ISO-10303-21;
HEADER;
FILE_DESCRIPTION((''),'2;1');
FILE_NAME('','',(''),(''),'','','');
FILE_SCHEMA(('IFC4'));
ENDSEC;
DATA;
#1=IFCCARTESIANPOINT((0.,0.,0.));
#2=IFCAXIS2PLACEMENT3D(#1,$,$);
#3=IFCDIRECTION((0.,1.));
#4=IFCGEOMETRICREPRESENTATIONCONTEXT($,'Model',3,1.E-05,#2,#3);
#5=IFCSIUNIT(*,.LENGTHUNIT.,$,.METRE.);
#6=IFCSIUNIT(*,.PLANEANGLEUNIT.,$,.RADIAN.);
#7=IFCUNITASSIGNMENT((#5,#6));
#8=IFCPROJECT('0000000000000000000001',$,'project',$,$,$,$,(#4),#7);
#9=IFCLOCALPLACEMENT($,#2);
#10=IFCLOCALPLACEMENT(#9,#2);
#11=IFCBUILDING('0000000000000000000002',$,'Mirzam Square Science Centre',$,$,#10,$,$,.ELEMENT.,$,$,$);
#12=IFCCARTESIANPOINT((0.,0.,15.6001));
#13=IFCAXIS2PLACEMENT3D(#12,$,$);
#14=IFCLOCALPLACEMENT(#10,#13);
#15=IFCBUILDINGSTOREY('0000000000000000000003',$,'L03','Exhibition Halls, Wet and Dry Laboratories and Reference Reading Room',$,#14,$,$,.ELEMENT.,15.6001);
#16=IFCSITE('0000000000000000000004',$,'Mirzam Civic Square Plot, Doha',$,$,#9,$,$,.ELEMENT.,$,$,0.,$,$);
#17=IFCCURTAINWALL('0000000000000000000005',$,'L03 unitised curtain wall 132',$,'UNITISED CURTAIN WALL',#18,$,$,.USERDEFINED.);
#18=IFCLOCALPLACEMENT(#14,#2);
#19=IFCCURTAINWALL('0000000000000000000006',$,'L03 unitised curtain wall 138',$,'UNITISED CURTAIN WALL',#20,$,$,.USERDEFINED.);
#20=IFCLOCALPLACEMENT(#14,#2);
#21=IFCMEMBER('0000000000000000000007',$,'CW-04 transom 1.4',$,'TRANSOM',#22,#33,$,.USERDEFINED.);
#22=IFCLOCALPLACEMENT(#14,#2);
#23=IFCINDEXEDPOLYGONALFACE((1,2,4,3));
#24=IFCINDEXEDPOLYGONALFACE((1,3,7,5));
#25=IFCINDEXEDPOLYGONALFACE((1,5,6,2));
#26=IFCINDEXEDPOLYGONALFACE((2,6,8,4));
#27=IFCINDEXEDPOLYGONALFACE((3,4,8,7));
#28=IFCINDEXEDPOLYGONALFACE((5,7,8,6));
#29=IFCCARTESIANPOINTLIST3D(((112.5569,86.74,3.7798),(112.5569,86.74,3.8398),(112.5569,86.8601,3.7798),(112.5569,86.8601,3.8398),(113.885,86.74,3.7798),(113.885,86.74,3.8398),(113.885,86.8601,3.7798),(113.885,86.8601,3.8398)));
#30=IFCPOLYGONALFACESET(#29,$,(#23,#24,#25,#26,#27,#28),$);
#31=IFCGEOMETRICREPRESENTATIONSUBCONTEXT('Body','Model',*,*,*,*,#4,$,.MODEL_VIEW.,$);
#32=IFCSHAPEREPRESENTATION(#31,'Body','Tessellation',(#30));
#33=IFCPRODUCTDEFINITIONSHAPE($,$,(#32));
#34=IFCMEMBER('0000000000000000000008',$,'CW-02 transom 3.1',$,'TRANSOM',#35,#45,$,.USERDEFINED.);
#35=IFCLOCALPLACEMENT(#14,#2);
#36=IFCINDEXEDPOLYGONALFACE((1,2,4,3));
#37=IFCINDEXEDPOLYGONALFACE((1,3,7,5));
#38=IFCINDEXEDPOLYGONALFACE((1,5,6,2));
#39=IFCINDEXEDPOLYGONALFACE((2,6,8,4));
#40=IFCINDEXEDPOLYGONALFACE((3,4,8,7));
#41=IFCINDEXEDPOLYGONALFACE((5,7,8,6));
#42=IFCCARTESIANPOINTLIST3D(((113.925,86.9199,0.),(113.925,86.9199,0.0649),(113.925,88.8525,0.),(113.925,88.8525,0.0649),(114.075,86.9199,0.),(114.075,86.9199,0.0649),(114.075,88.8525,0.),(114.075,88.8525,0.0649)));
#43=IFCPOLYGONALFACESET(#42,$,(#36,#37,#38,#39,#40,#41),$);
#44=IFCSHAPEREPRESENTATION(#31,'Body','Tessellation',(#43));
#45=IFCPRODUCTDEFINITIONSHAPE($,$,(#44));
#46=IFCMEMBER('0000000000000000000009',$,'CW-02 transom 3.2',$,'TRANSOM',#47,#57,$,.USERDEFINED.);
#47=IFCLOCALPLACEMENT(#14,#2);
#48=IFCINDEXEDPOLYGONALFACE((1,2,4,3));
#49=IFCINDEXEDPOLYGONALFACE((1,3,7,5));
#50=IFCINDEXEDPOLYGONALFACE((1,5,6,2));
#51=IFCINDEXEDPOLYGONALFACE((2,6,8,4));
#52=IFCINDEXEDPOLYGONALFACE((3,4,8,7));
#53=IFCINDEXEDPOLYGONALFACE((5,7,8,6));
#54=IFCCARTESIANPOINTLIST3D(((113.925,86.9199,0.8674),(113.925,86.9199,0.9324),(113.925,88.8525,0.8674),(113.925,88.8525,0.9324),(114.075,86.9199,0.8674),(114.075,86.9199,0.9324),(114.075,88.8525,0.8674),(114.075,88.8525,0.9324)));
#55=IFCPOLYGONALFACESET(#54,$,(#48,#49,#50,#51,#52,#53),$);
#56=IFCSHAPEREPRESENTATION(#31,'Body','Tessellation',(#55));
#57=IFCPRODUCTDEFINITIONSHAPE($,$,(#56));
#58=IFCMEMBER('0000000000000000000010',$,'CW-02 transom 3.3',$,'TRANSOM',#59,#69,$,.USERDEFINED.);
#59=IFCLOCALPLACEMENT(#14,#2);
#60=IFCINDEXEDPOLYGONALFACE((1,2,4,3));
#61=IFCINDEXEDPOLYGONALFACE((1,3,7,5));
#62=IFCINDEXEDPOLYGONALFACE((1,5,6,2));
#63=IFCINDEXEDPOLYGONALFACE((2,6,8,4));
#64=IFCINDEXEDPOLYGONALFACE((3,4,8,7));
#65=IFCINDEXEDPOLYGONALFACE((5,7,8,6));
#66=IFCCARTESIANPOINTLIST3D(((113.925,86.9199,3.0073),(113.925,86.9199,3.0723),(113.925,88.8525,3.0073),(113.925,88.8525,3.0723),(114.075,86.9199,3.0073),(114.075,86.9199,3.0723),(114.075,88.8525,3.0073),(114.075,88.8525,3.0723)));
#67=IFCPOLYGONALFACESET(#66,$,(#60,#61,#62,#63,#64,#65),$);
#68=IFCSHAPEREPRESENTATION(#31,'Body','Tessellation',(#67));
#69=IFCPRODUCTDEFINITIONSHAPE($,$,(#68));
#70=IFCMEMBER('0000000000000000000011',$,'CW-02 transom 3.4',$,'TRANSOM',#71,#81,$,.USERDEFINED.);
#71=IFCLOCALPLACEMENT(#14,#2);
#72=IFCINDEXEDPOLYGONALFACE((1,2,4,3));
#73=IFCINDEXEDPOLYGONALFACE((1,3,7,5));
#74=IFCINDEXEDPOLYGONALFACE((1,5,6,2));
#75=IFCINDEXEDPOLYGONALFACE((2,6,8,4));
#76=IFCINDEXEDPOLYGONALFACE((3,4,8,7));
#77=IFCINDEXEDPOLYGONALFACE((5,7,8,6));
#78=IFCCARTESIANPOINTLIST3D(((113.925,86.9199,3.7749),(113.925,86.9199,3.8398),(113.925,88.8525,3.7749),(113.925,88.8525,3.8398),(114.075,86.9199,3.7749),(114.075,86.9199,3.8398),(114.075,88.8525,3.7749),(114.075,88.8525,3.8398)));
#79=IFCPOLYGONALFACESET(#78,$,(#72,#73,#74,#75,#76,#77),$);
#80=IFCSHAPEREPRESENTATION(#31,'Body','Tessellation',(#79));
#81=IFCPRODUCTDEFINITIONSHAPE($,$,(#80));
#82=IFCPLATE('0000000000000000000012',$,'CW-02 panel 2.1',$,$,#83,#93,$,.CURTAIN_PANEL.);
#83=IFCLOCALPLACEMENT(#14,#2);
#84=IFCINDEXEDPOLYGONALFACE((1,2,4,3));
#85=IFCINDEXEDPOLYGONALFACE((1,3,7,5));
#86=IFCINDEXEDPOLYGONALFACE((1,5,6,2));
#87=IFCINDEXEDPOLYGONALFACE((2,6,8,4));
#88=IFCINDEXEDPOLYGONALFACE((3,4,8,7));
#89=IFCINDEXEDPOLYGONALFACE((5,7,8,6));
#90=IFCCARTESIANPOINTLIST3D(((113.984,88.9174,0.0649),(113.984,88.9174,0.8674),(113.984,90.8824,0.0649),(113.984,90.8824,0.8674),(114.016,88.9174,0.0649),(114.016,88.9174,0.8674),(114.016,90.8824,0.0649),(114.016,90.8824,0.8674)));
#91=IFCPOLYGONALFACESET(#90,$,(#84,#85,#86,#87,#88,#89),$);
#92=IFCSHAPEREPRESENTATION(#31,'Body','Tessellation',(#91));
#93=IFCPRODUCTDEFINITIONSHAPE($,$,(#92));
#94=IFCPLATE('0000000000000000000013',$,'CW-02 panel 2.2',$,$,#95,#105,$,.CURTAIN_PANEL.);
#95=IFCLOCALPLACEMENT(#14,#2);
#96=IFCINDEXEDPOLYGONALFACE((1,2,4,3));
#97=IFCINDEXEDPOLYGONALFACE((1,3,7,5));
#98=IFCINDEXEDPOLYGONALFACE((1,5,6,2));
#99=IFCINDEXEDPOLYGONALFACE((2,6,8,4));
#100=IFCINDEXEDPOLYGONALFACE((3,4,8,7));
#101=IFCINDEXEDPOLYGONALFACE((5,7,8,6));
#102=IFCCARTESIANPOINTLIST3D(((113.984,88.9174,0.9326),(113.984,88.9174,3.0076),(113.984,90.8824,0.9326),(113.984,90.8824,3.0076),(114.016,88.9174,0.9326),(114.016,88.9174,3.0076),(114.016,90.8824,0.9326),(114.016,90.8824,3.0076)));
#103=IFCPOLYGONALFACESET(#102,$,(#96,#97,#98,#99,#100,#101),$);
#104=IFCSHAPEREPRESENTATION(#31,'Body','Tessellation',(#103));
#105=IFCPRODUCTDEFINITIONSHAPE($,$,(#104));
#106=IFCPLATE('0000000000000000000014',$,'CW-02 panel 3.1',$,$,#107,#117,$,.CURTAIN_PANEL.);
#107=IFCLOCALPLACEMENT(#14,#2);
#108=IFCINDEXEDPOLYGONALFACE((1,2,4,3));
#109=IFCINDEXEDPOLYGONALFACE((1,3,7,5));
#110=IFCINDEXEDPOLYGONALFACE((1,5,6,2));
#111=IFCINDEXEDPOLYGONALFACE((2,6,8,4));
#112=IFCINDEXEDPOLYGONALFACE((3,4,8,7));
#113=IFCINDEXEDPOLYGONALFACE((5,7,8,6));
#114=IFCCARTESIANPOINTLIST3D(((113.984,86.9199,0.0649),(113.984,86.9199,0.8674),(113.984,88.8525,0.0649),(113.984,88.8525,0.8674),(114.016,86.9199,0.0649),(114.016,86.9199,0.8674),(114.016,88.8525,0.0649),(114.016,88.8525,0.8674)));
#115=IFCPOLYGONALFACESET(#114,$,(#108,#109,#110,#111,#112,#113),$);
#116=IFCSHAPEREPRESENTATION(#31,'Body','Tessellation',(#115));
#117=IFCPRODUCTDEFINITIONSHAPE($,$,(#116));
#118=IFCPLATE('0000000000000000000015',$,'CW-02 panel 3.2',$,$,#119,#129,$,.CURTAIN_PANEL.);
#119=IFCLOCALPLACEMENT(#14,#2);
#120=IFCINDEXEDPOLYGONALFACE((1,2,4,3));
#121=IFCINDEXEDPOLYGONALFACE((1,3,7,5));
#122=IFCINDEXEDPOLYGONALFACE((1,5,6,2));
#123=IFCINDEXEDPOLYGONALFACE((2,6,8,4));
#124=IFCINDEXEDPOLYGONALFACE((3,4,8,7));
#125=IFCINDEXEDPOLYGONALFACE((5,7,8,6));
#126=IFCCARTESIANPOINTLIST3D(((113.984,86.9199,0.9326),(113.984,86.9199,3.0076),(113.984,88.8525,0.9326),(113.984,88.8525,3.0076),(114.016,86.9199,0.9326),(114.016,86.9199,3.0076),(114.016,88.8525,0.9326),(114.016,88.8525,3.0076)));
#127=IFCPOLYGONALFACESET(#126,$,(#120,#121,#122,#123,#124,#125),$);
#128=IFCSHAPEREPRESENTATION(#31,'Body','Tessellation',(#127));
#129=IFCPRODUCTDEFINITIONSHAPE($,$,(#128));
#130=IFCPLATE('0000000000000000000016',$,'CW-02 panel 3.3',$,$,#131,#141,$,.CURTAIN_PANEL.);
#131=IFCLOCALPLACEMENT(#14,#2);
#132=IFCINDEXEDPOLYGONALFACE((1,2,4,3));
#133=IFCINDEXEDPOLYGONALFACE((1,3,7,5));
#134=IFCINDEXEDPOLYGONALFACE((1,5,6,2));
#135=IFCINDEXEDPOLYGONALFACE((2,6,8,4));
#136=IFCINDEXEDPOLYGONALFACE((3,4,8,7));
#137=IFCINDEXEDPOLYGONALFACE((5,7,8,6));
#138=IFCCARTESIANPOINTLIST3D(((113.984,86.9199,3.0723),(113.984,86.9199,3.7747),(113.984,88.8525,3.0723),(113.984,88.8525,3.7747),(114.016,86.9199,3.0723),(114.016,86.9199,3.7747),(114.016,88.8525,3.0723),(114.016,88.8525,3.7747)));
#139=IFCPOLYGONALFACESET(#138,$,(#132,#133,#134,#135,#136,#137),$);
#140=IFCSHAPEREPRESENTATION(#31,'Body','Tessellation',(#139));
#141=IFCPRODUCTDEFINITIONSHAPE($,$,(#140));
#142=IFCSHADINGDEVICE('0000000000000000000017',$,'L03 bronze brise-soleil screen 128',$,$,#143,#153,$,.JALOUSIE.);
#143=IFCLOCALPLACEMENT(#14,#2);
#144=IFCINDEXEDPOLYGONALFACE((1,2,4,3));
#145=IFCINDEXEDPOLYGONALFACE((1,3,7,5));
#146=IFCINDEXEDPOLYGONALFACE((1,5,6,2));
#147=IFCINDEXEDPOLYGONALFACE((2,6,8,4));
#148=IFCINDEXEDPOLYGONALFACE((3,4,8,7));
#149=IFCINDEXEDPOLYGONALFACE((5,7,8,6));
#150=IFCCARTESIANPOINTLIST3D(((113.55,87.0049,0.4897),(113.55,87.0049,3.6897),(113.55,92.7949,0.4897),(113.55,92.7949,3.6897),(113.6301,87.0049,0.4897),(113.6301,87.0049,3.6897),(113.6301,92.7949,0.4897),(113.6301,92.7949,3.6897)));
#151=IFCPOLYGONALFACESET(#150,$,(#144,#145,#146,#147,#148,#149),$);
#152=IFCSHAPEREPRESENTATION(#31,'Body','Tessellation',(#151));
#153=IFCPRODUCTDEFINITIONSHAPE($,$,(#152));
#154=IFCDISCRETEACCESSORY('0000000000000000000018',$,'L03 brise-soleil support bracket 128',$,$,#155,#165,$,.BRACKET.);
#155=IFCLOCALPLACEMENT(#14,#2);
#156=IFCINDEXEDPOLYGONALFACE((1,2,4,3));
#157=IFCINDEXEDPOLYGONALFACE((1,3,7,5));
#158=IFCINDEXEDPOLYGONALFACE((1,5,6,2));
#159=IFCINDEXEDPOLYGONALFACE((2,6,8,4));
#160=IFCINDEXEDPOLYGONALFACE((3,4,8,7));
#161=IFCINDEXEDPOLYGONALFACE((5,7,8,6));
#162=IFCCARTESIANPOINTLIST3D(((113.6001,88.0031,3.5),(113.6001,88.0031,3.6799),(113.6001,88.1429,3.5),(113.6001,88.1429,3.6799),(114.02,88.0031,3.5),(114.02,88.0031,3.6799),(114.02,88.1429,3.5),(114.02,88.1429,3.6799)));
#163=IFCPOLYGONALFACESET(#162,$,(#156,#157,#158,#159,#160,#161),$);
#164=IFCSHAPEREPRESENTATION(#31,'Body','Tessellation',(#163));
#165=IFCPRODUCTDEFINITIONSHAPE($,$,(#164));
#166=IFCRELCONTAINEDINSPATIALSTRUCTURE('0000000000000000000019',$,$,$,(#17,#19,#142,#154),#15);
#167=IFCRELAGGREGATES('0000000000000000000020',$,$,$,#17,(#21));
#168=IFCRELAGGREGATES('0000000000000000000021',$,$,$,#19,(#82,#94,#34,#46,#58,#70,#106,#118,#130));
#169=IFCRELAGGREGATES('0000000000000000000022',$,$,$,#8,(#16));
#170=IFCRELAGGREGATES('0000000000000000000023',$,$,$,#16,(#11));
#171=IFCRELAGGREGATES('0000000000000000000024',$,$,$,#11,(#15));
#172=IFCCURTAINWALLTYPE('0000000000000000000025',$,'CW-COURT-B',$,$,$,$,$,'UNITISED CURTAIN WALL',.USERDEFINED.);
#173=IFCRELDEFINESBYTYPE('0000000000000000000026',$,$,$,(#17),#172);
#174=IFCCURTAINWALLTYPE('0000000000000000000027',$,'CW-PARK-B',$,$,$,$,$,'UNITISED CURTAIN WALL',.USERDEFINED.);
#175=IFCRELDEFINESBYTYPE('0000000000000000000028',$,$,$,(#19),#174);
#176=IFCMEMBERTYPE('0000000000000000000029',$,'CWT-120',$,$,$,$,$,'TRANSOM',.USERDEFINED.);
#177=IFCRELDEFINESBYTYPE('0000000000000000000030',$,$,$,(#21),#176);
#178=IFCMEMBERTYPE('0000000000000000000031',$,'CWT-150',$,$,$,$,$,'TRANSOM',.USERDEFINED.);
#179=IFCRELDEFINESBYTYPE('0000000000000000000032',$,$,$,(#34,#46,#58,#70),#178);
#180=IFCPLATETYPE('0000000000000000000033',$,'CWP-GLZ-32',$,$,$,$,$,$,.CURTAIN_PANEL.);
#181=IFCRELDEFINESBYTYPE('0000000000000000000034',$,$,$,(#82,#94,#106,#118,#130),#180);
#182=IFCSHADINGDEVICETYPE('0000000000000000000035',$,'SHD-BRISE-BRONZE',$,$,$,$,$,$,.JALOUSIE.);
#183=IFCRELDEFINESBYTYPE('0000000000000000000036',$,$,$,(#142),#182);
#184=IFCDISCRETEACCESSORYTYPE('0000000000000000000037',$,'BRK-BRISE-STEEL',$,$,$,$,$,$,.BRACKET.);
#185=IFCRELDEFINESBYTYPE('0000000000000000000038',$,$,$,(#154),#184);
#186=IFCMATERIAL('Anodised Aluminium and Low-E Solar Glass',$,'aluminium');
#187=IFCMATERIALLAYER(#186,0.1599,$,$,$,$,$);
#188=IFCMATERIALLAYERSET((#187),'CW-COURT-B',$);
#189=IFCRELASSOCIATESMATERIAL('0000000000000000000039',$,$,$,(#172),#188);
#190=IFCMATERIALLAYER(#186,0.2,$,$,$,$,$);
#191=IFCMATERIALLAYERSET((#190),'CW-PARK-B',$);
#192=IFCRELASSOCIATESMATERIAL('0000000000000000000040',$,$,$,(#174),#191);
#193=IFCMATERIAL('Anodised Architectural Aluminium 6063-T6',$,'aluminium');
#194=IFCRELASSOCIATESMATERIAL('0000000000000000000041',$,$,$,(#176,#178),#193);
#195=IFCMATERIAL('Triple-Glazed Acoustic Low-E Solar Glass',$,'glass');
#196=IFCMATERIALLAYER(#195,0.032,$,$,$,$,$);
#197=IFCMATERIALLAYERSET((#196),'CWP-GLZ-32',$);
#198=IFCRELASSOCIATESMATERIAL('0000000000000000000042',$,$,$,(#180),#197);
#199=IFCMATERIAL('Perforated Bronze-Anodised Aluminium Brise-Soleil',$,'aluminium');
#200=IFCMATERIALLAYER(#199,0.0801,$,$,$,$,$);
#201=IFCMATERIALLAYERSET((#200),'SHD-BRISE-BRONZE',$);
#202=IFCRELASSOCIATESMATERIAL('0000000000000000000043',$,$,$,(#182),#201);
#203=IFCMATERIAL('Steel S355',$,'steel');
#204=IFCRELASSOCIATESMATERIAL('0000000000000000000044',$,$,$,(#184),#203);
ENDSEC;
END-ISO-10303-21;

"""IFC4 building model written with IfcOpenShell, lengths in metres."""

from ifc_helpers import new_model, si_unit, direction, frame, origin, origin_2d, place, context, subcontext, project, spatial, rectangle, extrude, material, layer, layer_set, material_profile, profile_set, type_object, element, aggregate, save


model = new_model("IFC4")

# Units and contexts
model_context = context("Model", 3, precision=1e-05, world=origin(), true_north=direction((0.0, 1.0)))
body_context = subcontext(model_context, "Body", "Model", "MODEL_VIEW")
ifc_project = project(units=[si_unit("LENGTHUNIT", "METRE"), si_unit("PLANEANGLEUNIT", "RADIAN")], contexts=[model_context])

# Site, building, storey
site_placement = place(None, origin())
site = spatial("IfcSite", under=ifc_project, at=site_placement, Name="Mirzam Civic Square Plot, Doha", CompositionType="ELEMENT", RefElevation=0.0)
building_placement = place(site_placement, origin())
building = spatial("IfcBuilding", under=site, at=building_placement, Name="Mirzam Square Science Centre", CompositionType="ELEMENT")
storey_placement = place(building_placement, frame((0.0, 0.0, 15.6001)))
storey = spatial("IfcBuildingStorey", under=building, at=storey_placement, Name="L03", Description="Exhibition Halls, Wet and Dry Laboratories and Reference Reading Room", CompositionType="ELEMENT", Elevation=15.6001)

# Shared definitions
ifc_material_1 = material(Name="Steel S355", Category="steel")

# Curtain wall
ifc_material_2 = material(Name="Anodised Aluminium and Low-E Solar Glass", Category="aluminium")
ifc_layer_1 = layer(ifc_material_2, 0.1599)
ifc_layer_set_1 = layer_set([ifc_layer_1], Name="CW-COURT-B")
curtain_wall_type_1 = type_object("IfcCurtainWallType", Name="CW-COURT-B", ElementType="UNITISED CURTAIN WALL", PredefinedType="USERDEFINED", material=ifc_layer_set_1)
curtain_wall_1_placement = place(storey_placement, origin())
curtain_wall_1 = element("IfcCurtainWall", 1, at=curtain_wall_1_placement, inside=storey, type_object=curtain_wall_type_1, Name="L03 unitised curtain wall 132", ObjectType="UNITISED CURTAIN WALL", PredefinedType="USERDEFINED")
ifc_material_3 = material(Name="Anodised Architectural Aluminium 6063-T6", Category="aluminium")

# Curtain wall
ifc_layer_2 = layer(ifc_material_2, 0.2)
ifc_layer_set_2 = layer_set([ifc_layer_2], Name="CW-PARK-B")
curtain_wall_type_2 = type_object("IfcCurtainWallType", Name="CW-PARK-B", ElementType="UNITISED CURTAIN WALL", PredefinedType="USERDEFINED", material=ifc_layer_set_2)
curtain_wall_2_placement = place(storey_placement, origin())
curtain_wall_2 = element("IfcCurtainWall", 2, at=curtain_wall_2_placement, inside=storey, type_object=curtain_wall_type_2, Name="L03 unitised curtain wall 138", ObjectType="UNITISED CURTAIN WALL", PredefinedType="USERDEFINED")

# Members
ifc_material_profile_1 = material_profile(ifc_material_3, rectangle(XDim=0.1201, YDim=0.0601, at=origin_2d()), Name="ALU-TRAN-120x60x4")
ifc_profile_set_1 = profile_set([ifc_material_profile_1], Name="Anodised Architectural Aluminium 6063-T6")
member_type_1 = type_object("IfcMemberType", Name="CWT-120", ElementType="TRANSOM", PredefinedType="USERDEFINED", material=ifc_profile_set_1)
member_1_placement = place(storey_placement, frame((113.885, 86.8, 3.8098), z_axis=(-1.0, 0.0, 0.0), x_axis=(0.0, -1.0, 0.0)))
member_1 = element("IfcMember", 3, at=member_1_placement, type_object=member_type_1, Name="CW-04 transom 1.4", ObjectType="TRANSOM", PredefinedType="USERDEFINED", context=body_context, shape_type="SweptSolid", body=[
    extrude(rectangle(XDim=0.1201, YDim=0.0601, at=origin_2d()), origin(), (0.0, 0.0, 1.0), 1.3281),
])
aggregate(curtain_wall_1, [member_1])
ifc_material_profile_2 = material_profile(ifc_material_3, rectangle(XDim=0.1499, YDim=0.0649, at=origin_2d()), Name="ALU-TRAN-150x65x4")
ifc_profile_set_2 = profile_set([ifc_material_profile_2], Name="Anodised Architectural Aluminium 6063-T6")
member_type_2 = type_object("IfcMemberType", Name="CWT-150", ElementType="TRANSOM", PredefinedType="USERDEFINED", material=ifc_profile_set_2)
member_2_placement = place(storey_placement, frame((114.0, 88.8525, 0.0325), z_axis=(0.0, -1.0, 0.0), x_axis=(1.0, 0.0, 0.0)))
member_2 = element("IfcMember", 4, at=member_2_placement, type_object=member_type_2, Name="CW-02 transom 3.1", ObjectType="TRANSOM", PredefinedType="USERDEFINED", context=body_context, shape_type="SweptSolid", body=[
    extrude(rectangle(XDim=0.1499, YDim=0.0649, at=origin_2d()), origin(), (0.0, 0.0, 1.0), 1.9326),
])
member_3_placement = place(storey_placement, frame((114.0, 88.8525, 0.8999), z_axis=(0.0, -1.0, 0.0), x_axis=(1.0, 0.0, 0.0)))
member_3 = element("IfcMember", 5, at=member_3_placement, type_object=member_type_2, Name="CW-02 transom 3.2", ObjectType="TRANSOM", PredefinedType="USERDEFINED", context=body_context, shape_type="SweptSolid", body=[
    extrude(rectangle(XDim=0.1499, YDim=0.0649, at=origin_2d()), origin(), (0.0, 0.0, 1.0), 1.9326),
])
member_4_placement = place(storey_placement, frame((114.0, 88.8525, 3.0398), z_axis=(0.0, -1.0, 0.0), x_axis=(1.0, 0.0, 0.0)))
member_4 = element("IfcMember", 6, at=member_4_placement, type_object=member_type_2, Name="CW-02 transom 3.3", ObjectType="TRANSOM", PredefinedType="USERDEFINED", context=body_context, shape_type="SweptSolid", body=[
    extrude(rectangle(XDim=0.1499, YDim=0.0649, at=origin_2d()), origin(), (0.0, 0.0, 1.0), 1.9326),
])
member_5_placement = place(storey_placement, frame((114.0, 88.8525, 3.8074), z_axis=(0.0, -1.0, 0.0), x_axis=(1.0, 0.0, 0.0)))
member_5 = element("IfcMember", 7, at=member_5_placement, type_object=member_type_2, Name="CW-02 transom 3.4", ObjectType="TRANSOM", PredefinedType="USERDEFINED", context=body_context, shape_type="SweptSolid", body=[
    extrude(rectangle(XDim=0.1499, YDim=0.0649, at=origin_2d()), origin(), (0.0, 0.0, 1.0), 1.9326),
])

# Plates
ifc_material_4 = material(Name="Triple-Glazed Acoustic Low-E Solar Glass", Category="glass")
ifc_layer_3 = layer(ifc_material_4, 0.032)
ifc_layer_set_3 = layer_set([ifc_layer_3], Name="CWP-GLZ-32")
plate_type = type_object("IfcPlateType", Name="CWP-GLZ-32", PredefinedType="CURTAIN_PANEL", material=ifc_layer_set_3)
plate_1_placement = place(storey_placement, frame((114.0, 89.8999, 0.0649), z_axis=(0.0, 0.0, 1.0), x_axis=(0.0, -1.0, 0.0)))
plate_1 = element("IfcPlate", 8, at=plate_1_placement, type_object=plate_type, Name="CW-02 panel 2.1", PredefinedType="CURTAIN_PANEL", context=body_context, shape_type="SweptSolid", body=[
    extrude(rectangle(XDim=1.9651, YDim=0.032, at=origin_2d()), origin(), (0.0, 0.0, 1.0), 0.8025),
])
plate_2_placement = place(storey_placement, frame((114.0, 89.8999, 0.9326), z_axis=(0.0, 0.0, 1.0), x_axis=(0.0, -1.0, 0.0)))
plate_2 = element("IfcPlate", 9, at=plate_2_placement, type_object=plate_type, Name="CW-02 panel 2.2", PredefinedType="CURTAIN_PANEL", context=body_context, shape_type="SweptSolid", body=[
    extrude(rectangle(XDim=1.9651, YDim=0.032, at=origin_2d()), origin(), (0.0, 0.0, 1.0), 2.075),
])
plate_3_placement = place(storey_placement, frame((114.0, 87.8862, 0.0649), z_axis=(0.0, 0.0, 1.0), x_axis=(0.0, -1.0, 0.0)))
plate_3 = element("IfcPlate", 10, at=plate_3_placement, type_object=plate_type, Name="CW-02 panel 3.1", PredefinedType="CURTAIN_PANEL", context=body_context, shape_type="SweptSolid", body=[
    extrude(rectangle(XDim=1.9326, YDim=0.032, at=origin_2d()), origin(), (0.0, 0.0, 1.0), 0.8025),
])
plate_4_placement = place(storey_placement, frame((114.0, 87.8862, 0.9326), z_axis=(0.0, 0.0, 1.0), x_axis=(0.0, -1.0, 0.0)))
plate_4 = element("IfcPlate", 11, at=plate_4_placement, type_object=plate_type, Name="CW-02 panel 3.2", PredefinedType="CURTAIN_PANEL", context=body_context, shape_type="SweptSolid", body=[
    extrude(rectangle(XDim=1.9326, YDim=0.032, at=origin_2d()), origin(), (0.0, 0.0, 1.0), 2.075),
])
plate_5_placement = place(storey_placement, frame((114.0, 87.8862, 3.0723), z_axis=(0.0, 0.0, 1.0), x_axis=(0.0, -1.0, 0.0)))
plate_5 = element("IfcPlate", 12, at=plate_5_placement, type_object=plate_type, Name="CW-02 panel 3.3", PredefinedType="CURTAIN_PANEL", context=body_context, shape_type="SweptSolid", body=[
    extrude(rectangle(XDim=1.9326, YDim=0.032, at=origin_2d()), origin(), (0.0, 0.0, 1.0), 0.7024),
])
aggregate(curtain_wall_2, [plate_1, plate_2, member_2, member_3, member_4, member_5, plate_3, plate_4, plate_5])

# Shading device
ifc_material_5 = material(Name="Perforated Bronze-Anodised Aluminium Brise-Soleil", Category="aluminium")
ifc_layer_4 = layer(ifc_material_5, 0.0801)
ifc_layer_set_4 = layer_set([ifc_layer_4], Name="SHD-BRISE-BRONZE")
shading_device_type = type_object("IfcShadingDeviceType", Name="SHD-BRISE-BRONZE", PredefinedType="JALOUSIE", material=ifc_layer_set_4)
shading_device_placement = place(storey_placement, frame((113.5901, 89.8999, 0.4897), z_axis=(0.0, 0.0, 1.0), x_axis=(0.0, -1.0, 0.0)))
element("IfcShadingDevice", 13, at=shading_device_placement, inside=storey, type_object=shading_device_type, Name="L03 bronze brise-soleil screen 128", PredefinedType="JALOUSIE", context=body_context, shape_type="SweptSolid", body=[
    extrude(rectangle(XDim=5.79, YDim=0.0801, at=origin_2d()), origin(), (0.0, 0.0, 1.0), 3.2),
])

# Discrete accessory
discrete_accessory_type = type_object("IfcDiscreteAccessoryType", Name="BRK-BRISE-STEEL", PredefinedType="BRACKET", material=ifc_material_1)
discrete_accessory_placement = place(storey_placement, frame((113.8101, 88.073, 3.5), z_axis=(0.0, 0.0, 1.0), x_axis=(0.0, -1.0, 0.0)))
element("IfcDiscreteAccessory", 14, at=discrete_accessory_placement, inside=storey, type_object=discrete_accessory_type, Name="L03 brise-soleil support bracket 128", PredefinedType="BRACKET", context=body_context, shape_type="SweptSolid", body=[
    extrude(rectangle(XDim=0.1399, YDim=0.4199, at=origin_2d()), origin(), (0.0, 0.0, 1.0), 0.1799),
])

save(model, "model.ifc")
